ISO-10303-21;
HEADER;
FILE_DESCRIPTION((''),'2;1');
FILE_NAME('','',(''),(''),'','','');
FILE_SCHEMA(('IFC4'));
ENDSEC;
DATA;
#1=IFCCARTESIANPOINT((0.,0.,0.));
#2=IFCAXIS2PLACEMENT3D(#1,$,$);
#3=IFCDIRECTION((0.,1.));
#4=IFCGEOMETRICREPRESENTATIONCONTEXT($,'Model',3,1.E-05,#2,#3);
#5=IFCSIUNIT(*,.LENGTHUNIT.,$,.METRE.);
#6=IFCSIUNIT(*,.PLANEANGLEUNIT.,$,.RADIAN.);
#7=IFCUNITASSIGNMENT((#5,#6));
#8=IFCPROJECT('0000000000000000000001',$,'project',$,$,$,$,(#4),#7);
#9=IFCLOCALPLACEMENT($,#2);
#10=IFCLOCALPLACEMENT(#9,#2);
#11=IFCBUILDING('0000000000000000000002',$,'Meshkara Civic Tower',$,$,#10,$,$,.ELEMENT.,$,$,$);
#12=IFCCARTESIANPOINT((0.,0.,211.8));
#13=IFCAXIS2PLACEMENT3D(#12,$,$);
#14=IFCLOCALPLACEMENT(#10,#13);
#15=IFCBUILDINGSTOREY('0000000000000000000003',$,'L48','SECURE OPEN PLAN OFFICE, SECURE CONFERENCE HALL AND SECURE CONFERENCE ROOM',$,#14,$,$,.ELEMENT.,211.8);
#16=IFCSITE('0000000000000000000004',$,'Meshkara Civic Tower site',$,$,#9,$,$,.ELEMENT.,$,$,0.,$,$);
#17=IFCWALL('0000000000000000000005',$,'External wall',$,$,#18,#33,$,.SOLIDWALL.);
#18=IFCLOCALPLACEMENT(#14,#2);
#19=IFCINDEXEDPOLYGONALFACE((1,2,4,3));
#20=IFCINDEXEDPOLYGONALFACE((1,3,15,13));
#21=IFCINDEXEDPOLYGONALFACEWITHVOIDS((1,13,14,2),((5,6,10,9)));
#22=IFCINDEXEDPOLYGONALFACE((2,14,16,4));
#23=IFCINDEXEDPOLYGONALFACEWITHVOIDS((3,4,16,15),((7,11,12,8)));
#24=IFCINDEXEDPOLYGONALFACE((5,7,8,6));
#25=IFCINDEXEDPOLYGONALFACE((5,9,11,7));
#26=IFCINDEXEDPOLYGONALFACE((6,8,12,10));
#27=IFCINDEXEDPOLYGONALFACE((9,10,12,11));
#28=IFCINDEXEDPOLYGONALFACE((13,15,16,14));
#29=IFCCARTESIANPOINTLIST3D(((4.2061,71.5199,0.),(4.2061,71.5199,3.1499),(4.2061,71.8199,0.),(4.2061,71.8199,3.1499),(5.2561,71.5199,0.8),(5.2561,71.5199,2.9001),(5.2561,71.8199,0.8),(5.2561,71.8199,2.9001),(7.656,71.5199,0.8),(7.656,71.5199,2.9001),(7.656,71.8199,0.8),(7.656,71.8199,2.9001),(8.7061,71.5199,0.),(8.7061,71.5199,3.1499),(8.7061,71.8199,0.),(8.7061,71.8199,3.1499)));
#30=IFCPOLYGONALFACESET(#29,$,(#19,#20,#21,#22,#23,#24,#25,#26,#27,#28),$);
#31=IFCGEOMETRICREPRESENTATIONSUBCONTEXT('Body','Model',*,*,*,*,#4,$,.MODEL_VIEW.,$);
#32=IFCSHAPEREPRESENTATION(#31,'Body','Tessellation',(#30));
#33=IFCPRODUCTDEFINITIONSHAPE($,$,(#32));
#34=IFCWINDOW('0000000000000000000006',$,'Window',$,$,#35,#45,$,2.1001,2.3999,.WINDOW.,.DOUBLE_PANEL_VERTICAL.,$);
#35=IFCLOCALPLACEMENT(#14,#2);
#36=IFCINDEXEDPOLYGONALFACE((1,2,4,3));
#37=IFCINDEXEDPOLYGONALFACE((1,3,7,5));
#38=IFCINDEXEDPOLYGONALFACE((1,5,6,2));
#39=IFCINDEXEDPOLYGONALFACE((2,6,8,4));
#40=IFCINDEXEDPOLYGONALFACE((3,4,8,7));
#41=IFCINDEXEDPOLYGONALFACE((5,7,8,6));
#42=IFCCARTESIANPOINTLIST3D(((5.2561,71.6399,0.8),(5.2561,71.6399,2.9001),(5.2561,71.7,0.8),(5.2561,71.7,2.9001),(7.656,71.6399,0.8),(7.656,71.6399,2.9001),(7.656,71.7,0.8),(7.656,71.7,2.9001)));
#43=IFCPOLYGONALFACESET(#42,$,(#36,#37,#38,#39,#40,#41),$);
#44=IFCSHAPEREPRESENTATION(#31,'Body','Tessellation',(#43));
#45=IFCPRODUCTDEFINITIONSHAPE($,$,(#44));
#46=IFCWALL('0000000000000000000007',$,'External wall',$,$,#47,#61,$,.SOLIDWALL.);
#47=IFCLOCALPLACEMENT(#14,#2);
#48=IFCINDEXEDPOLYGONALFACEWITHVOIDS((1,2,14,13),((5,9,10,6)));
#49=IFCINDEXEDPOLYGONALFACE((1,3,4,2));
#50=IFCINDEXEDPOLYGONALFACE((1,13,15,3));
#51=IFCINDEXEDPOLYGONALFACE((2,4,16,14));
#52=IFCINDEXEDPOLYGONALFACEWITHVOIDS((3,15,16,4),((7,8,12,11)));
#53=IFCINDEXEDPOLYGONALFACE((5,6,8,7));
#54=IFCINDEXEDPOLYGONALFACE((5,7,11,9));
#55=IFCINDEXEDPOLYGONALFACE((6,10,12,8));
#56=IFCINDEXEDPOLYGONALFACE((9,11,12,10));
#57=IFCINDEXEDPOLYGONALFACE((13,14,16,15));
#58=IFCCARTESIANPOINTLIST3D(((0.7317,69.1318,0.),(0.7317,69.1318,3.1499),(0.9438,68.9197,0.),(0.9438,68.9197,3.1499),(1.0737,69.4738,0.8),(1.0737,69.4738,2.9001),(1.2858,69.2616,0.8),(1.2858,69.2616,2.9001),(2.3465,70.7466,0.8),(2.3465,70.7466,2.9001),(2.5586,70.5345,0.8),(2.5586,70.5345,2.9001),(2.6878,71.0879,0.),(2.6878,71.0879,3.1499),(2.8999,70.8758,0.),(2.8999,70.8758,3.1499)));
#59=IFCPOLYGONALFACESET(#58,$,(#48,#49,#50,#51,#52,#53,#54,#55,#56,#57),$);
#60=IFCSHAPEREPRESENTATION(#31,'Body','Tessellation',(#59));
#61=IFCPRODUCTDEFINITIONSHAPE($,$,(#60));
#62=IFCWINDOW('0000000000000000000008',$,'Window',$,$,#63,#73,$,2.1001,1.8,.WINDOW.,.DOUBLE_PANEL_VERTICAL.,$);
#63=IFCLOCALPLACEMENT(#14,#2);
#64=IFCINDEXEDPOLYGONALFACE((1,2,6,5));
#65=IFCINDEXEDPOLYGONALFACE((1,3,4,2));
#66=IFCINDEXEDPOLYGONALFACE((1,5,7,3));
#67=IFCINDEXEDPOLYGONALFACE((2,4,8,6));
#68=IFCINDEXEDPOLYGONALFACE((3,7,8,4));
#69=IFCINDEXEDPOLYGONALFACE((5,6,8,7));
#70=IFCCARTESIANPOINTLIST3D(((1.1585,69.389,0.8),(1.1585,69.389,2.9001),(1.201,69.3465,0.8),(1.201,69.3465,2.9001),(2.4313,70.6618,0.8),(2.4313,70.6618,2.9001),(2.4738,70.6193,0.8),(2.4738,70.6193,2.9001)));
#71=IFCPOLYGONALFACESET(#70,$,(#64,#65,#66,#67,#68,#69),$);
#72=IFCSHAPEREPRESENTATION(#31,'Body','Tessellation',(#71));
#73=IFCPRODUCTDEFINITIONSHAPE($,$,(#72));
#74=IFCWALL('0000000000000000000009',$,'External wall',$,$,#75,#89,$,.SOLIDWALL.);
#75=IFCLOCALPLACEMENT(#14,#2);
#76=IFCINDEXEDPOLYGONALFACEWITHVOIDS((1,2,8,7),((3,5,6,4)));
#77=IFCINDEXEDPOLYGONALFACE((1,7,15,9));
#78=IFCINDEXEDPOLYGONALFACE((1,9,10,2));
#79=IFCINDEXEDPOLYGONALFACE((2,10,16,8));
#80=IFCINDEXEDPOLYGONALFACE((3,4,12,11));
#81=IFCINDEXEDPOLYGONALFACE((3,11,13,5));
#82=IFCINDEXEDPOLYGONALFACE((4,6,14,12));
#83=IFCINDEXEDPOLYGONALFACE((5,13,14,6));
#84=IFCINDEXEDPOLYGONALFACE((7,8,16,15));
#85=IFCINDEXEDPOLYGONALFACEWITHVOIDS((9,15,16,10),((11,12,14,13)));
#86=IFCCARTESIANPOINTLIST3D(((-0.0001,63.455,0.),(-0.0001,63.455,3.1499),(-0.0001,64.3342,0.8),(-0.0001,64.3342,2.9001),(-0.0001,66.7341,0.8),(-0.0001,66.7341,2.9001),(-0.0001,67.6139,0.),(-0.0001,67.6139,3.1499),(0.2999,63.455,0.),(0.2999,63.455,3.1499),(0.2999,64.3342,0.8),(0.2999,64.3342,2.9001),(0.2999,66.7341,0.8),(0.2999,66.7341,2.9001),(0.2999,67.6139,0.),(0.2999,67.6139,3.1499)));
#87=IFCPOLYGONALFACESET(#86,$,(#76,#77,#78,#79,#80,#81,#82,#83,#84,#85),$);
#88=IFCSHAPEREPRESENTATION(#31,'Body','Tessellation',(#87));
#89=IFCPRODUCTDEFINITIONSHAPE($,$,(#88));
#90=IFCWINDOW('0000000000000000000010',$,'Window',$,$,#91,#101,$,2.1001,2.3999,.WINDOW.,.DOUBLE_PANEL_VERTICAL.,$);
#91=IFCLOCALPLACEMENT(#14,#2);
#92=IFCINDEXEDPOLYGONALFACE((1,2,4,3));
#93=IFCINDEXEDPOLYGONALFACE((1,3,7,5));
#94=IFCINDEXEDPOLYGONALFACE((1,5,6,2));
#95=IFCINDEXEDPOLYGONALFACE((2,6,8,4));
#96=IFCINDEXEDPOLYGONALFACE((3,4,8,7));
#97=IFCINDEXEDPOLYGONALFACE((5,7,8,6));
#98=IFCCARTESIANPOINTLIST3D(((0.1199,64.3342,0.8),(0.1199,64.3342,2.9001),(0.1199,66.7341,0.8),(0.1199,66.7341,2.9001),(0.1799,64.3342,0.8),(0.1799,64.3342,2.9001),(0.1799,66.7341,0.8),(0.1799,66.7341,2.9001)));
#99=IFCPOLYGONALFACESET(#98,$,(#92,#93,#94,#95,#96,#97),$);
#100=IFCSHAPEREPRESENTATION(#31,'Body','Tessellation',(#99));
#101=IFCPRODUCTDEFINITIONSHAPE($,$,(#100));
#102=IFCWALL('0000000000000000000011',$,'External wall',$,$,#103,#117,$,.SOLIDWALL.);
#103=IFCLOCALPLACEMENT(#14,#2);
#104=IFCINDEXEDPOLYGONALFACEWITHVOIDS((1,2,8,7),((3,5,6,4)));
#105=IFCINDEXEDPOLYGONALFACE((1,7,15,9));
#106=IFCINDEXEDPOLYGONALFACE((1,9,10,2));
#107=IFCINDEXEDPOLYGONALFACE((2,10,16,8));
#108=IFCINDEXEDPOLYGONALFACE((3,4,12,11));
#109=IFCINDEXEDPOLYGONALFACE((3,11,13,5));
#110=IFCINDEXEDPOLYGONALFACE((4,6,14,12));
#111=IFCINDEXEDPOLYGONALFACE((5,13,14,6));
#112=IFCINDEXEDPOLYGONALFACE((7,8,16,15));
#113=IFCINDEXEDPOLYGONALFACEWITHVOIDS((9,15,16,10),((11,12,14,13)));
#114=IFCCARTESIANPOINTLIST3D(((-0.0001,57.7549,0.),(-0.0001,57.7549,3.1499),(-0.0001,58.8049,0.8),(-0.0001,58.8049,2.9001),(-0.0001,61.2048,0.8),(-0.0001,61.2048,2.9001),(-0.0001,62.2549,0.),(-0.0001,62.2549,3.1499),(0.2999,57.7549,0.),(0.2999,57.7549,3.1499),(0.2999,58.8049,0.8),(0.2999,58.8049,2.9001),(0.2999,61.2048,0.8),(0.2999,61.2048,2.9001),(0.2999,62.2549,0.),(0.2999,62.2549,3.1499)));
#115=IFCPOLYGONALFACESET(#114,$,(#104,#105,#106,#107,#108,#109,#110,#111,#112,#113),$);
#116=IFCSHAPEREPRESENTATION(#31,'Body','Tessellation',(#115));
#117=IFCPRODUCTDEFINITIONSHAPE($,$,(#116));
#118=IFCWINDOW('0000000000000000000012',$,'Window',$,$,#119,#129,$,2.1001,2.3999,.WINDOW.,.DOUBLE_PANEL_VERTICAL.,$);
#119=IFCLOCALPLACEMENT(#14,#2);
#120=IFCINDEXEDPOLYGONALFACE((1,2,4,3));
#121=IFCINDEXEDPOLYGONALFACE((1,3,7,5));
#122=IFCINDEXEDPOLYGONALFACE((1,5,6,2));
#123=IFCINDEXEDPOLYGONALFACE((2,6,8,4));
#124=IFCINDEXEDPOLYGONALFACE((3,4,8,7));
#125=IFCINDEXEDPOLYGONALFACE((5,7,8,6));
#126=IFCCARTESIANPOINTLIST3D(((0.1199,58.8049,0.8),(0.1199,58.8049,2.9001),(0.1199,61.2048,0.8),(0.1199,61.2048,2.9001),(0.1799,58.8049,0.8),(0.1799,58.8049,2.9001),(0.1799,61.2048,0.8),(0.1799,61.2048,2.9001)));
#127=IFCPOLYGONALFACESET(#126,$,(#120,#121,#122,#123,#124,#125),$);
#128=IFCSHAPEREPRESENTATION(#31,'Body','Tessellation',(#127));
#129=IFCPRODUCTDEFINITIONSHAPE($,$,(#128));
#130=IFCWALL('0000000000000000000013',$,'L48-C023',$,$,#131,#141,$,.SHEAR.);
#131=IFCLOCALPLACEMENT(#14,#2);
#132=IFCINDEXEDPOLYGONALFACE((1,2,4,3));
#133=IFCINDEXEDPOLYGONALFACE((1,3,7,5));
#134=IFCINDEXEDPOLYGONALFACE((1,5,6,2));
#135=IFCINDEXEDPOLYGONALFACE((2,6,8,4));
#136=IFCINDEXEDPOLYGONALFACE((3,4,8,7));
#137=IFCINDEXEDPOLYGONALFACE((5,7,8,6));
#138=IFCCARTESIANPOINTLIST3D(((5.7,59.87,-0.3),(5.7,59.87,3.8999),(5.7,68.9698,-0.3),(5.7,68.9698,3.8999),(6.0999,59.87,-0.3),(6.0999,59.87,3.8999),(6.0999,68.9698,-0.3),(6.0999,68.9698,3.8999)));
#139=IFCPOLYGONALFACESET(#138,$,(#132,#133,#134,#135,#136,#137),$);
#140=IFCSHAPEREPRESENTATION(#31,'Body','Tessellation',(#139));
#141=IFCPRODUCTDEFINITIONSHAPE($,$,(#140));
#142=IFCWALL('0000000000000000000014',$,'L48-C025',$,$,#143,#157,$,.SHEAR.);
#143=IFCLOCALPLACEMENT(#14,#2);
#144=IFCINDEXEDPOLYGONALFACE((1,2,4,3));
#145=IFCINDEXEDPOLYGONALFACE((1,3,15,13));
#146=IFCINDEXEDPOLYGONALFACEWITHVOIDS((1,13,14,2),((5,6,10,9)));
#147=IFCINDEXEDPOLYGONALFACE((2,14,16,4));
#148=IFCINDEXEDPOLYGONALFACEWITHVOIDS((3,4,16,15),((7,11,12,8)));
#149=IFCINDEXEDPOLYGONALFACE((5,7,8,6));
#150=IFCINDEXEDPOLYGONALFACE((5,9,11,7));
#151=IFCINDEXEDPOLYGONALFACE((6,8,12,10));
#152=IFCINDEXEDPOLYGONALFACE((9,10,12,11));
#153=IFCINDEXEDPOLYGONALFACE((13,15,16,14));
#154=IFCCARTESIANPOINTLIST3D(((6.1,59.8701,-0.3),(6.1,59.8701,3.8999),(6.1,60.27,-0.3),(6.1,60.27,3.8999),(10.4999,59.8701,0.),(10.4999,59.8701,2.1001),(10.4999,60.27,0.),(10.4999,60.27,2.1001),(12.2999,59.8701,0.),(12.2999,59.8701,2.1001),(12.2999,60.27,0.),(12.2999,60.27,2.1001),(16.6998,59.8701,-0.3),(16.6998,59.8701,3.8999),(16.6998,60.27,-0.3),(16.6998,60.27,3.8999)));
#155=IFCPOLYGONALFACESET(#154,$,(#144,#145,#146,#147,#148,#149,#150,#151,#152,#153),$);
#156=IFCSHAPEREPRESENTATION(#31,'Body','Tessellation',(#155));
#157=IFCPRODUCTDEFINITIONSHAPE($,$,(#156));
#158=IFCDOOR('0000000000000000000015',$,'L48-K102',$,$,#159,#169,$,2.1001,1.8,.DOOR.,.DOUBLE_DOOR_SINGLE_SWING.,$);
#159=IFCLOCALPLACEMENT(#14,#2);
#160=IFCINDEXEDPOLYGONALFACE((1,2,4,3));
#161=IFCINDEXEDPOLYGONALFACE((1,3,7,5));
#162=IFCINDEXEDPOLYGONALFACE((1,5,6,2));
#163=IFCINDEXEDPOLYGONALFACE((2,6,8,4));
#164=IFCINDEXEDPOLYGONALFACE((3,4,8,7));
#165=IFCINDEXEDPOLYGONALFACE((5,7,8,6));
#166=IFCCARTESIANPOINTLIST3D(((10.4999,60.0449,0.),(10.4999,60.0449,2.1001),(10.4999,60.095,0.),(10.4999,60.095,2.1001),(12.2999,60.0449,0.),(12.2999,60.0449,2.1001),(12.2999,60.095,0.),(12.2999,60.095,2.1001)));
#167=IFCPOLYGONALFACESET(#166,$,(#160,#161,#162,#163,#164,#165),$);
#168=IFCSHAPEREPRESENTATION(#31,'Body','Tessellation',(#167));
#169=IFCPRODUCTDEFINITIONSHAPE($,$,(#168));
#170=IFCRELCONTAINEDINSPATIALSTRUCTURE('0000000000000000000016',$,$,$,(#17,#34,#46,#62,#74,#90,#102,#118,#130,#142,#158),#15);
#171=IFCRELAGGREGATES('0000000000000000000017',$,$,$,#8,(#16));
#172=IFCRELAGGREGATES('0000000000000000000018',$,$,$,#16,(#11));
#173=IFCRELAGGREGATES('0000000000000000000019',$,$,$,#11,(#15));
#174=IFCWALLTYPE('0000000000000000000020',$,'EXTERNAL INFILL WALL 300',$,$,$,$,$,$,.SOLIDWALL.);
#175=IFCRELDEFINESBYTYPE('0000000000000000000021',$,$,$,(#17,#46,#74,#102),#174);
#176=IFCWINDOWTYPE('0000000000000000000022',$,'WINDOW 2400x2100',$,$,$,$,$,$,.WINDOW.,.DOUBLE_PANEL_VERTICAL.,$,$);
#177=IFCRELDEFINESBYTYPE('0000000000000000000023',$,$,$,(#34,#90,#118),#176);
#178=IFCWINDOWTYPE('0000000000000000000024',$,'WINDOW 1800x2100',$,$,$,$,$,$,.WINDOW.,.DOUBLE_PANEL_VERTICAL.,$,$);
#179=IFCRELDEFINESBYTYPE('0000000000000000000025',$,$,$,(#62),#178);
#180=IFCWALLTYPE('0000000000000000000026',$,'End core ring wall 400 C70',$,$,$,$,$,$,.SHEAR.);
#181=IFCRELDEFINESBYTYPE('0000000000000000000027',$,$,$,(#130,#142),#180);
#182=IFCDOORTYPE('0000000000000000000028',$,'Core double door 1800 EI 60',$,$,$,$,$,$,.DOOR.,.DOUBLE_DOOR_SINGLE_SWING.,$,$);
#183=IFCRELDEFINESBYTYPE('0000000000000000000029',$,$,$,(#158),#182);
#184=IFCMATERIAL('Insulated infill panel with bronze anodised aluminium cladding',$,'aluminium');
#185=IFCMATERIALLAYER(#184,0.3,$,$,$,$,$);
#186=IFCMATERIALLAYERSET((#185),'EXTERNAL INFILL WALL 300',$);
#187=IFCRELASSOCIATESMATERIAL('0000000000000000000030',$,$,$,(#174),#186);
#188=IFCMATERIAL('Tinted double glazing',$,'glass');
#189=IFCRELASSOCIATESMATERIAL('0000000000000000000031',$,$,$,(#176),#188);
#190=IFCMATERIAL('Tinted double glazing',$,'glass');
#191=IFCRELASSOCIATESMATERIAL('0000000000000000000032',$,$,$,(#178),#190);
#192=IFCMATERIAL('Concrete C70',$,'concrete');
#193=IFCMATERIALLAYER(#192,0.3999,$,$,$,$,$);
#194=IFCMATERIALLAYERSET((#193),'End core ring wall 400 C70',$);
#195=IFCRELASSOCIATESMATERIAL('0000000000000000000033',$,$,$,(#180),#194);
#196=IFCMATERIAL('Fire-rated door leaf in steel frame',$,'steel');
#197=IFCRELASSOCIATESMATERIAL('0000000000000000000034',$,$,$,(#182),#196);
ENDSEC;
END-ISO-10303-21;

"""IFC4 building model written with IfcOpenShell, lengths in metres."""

from ifc_helpers import new_model, si_unit, direction, frame, frame_2d, origin, place, context, subcontext, project, spatial, rectangle, extrude, material, layer, layer_set, type_object, element, fill, save


model = new_model("IFC4")

# Units and contexts
model_context = context("Model", 3, precision=1e-05, world=origin(), true_north=direction((0.0, 1.0)))
body_context = subcontext(model_context, "Body", "Model", "MODEL_VIEW")
ifc_project = project(units=[si_unit("LENGTHUNIT", "METRE"), si_unit("PLANEANGLEUNIT", "RADIAN")], contexts=[model_context])

# Site, building, storey
site_placement = place(None, origin())
site = spatial("IfcSite", under=ifc_project, at=site_placement, Name="Meshkara Civic Tower site", CompositionType="ELEMENT", RefElevation=0.0)
building_placement = place(site_placement, origin())
building = spatial("IfcBuilding", under=site, at=building_placement, Name="Meshkara Civic Tower", CompositionType="ELEMENT")
storey_placement = place(building_placement, frame((0.0, 0.0, 211.8)))
storey = spatial("IfcBuildingStorey", under=building, at=storey_placement, Name="L48", Description="SECURE OPEN PLAN OFFICE, SECURE CONFERENCE HALL AND SECURE CONFERENCE ROOM", CompositionType="ELEMENT", Elevation=211.8)

# Walls, openings, windows
ifc_material_1 = material(Name="Insulated infill panel with bronze anodised aluminium cladding", Category="aluminium")
ifc_layer_1 = layer(ifc_material_1, 0.3)
ifc_layer_set_1 = layer_set([ifc_layer_1], Name="EXTERNAL INFILL WALL 300")
wall_type_1 = type_object("IfcWallType", Name="EXTERNAL INFILL WALL 300", PredefinedType="SOLIDWALL", material=ifc_layer_set_1)
wall_1_placement = place(storey_placement, frame((8.7061, 71.6699, 0.0), z_axis=(0.0, 0.0, 1.0), x_axis=(-1.0, 0.0, 0.0)))
wall_1 = element("IfcWall", 1, at=wall_1_placement, inside=storey, type_object=wall_type_1, Name="External wall", PredefinedType="SOLIDWALL", context=body_context, shape_type="SweptSolid", body=[
    extrude(rectangle(XDim=4.5, YDim=0.3, at=frame_2d((2.25, 0.0))), origin(), (0.0, 0.0, 1.0), 3.1499),
])
opening_1_placement = place(wall_1_placement, frame((1.05, 0.0, 0.8)))
opening_1 = element("IfcOpeningElement", 2, at=opening_1_placement, cuts=wall_1, PredefinedType="OPENING", context=body_context, shape_type="SweptSolid", body=[
    extrude(rectangle(XDim=2.3999, YDim=2.1001, at=frame_2d((1.2, 1.05))), frame((0.0, 0.1599, 0.0), z_axis=(0.0, -1.0, 0.0), x_axis=(1.0, 0.0, 0.0)), (0.0, 0.0, 1.0), 0.3201),
])
ifc_material_2 = material(Name="Tinted double glazing", Category="glass")
window_type_1 = type_object("IfcWindowType", Name="WINDOW 2400x2100", PartitioningType="DOUBLE_PANEL_VERTICAL", PredefinedType="WINDOW", material=ifc_material_2)
window_1_placement = place(opening_1_placement, origin())
window_1 = element("IfcWindow", 3, at=window_1_placement, inside=storey, type_object=window_type_1, Name="Window", OverallHeight=2.1001, OverallWidth=2.3999, PartitioningType="DOUBLE_PANEL_VERTICAL", PredefinedType="WINDOW", context=body_context, shape_type="SweptSolid", body=[
    extrude(rectangle(XDim=2.3999, YDim=2.1001, at=frame_2d((1.2, 1.05))), frame((0.0, 0.03, 0.0), z_axis=(0.0, -1.0, 0.0), x_axis=(1.0, 0.0, 0.0)), (0.0, 0.0, 1.0), 0.0601),
])
fill(opening_1, window_1)
wall_2_placement = place(storey_placement, frame((2.7939, 70.9819, 0.0), z_axis=(0.0, 0.0, 1.0), x_axis=(-0.707107, -0.707107, 0.0)))
wall_2 = element("IfcWall", 4, at=wall_2_placement, inside=storey, type_object=wall_type_1, Name="External wall", PredefinedType="SOLIDWALL", context=body_context, shape_type="SweptSolid", body=[
    extrude(rectangle(XDim=2.7664, YDim=0.3, at=frame_2d((1.3833, 0.0))), origin(), (0.0, 0.0, 1.0), 3.1499),
])
opening_2_placement = place(wall_2_placement, frame((0.4829, 0.0, 0.8)))
opening_2 = element("IfcOpeningElement", 5, at=opening_2_placement, cuts=wall_2, PredefinedType="OPENING", context=body_context, shape_type="SweptSolid", body=[
    extrude(rectangle(XDim=1.8, YDim=2.1001, at=frame_2d((0.8999, 1.05))), frame((0.0, 0.1599, 0.0), z_axis=(0.0, -1.0, 0.0), x_axis=(1.0, 0.0, 0.0)), (0.0, 0.0, 1.0), 0.3201),
])
ifc_material_3 = material(Name="Tinted double glazing", Category="glass")
window_type_2 = type_object("IfcWindowType", Name="WINDOW 1800x2100", PartitioningType="DOUBLE_PANEL_VERTICAL", PredefinedType="WINDOW", material=ifc_material_3)
window_2_placement = place(opening_2_placement, origin())
window_2 = element("IfcWindow", 6, at=window_2_placement, inside=storey, type_object=window_type_2, Name="Window", OverallHeight=2.1001, OverallWidth=1.8, PartitioningType="DOUBLE_PANEL_VERTICAL", PredefinedType="WINDOW", context=body_context, shape_type="SweptSolid", body=[
    extrude(rectangle(XDim=1.8, YDim=2.1001, at=frame_2d((0.8999, 1.05))), frame((0.0, 0.03, 0.0), z_axis=(0.0, -1.0, 0.0), x_axis=(1.0, 0.0, 0.0)), (0.0, 0.0, 1.0), 0.0601),
])
fill(opening_2, window_2)
wall_3_placement = place(storey_placement, frame((0.1499, 67.614, 0.0), z_axis=(0.0, 0.0, 1.0), x_axis=(0.0, -1.0, 0.0)))
wall_3 = element("IfcWall", 7, at=wall_3_placement, inside=storey, type_object=wall_type_1, Name="External wall", PredefinedType="SOLIDWALL", context=body_context, shape_type="SweptSolid", body=[
    extrude(rectangle(XDim=4.1589, YDim=0.3, at=frame_2d((2.0796, 0.0))), origin(), (0.0, 0.0, 1.0), 3.1499),
])
opening_3_placement = place(wall_3_placement, frame((0.8799, 0.0, 0.8)))
opening_3 = element("IfcOpeningElement", 8, at=opening_3_placement, cuts=wall_3, PredefinedType="OPENING", context=body_context, shape_type="SweptSolid", body=[
    extrude(rectangle(XDim=2.3999, YDim=2.1001, at=frame_2d((1.2, 1.05))), frame((0.0, 0.1599, 0.0), z_axis=(0.0, -1.0, 0.0), x_axis=(1.0, 0.0, 0.0)), (0.0, 0.0, 1.0), 0.3201),
])
window_3_placement = place(opening_3_placement, origin())
window_3 = element("IfcWindow", 9, at=window_3_placement, inside=storey, type_object=window_type_1, Name="Window", OverallHeight=2.1001, OverallWidth=2.3999, PartitioningType="DOUBLE_PANEL_VERTICAL", PredefinedType="WINDOW", context=body_context, shape_type="SweptSolid", body=[
    extrude(rectangle(XDim=2.3999, YDim=2.1001, at=frame_2d((1.2, 1.05))), frame((0.0, 0.03, 0.0), z_axis=(0.0, -1.0, 0.0), x_axis=(1.0, 0.0, 0.0)), (0.0, 0.0, 1.0), 0.0601),
])
fill(opening_3, window_3)
wall_4_placement = place(storey_placement, frame((0.1499, 62.2549, 0.0), z_axis=(0.0, 0.0, 1.0), x_axis=(0.0, -1.0, 0.0)))
wall_4 = element("IfcWall", 10, at=wall_4_placement, inside=storey, type_object=wall_type_1, Name="External wall", PredefinedType="SOLIDWALL", context=body_context, shape_type="SweptSolid", body=[
    extrude(rectangle(XDim=4.5, YDim=0.3, at=frame_2d((2.25, 0.0))), origin(), (0.0, 0.0, 1.0), 3.1499),
])
opening_4_placement = place(wall_4_placement, frame((1.05, 0.0, 0.8)))
opening_4 = element("IfcOpeningElement", 11, at=opening_4_placement, cuts=wall_4, PredefinedType="OPENING", context=body_context, shape_type="SweptSolid", body=[
    extrude(rectangle(XDim=2.3999, YDim=2.1001, at=frame_2d((1.2, 1.05))), frame((0.0, 0.1599, 0.0), z_axis=(0.0, -1.0, 0.0), x_axis=(1.0, 0.0, 0.0)), (0.0, 0.0, 1.0), 0.3201),
])
window_4_placement = place(opening_4_placement, origin())
window_4 = element("IfcWindow", 12, at=window_4_placement, inside=storey, type_object=window_type_1, Name="Window", OverallHeight=2.1001, OverallWidth=2.3999, PartitioningType="DOUBLE_PANEL_VERTICAL", PredefinedType="WINDOW", context=body_context, shape_type="SweptSolid", body=[
    extrude(rectangle(XDim=2.3999, YDim=2.1001, at=frame_2d((1.2, 1.05))), frame((0.0, 0.03, 0.0), z_axis=(0.0, -1.0, 0.0), x_axis=(1.0, 0.0, 0.0)), (0.0, 0.0, 1.0), 0.0601),
])
fill(opening_4, window_4)

# Wall
ifc_material_4 = material(Name="Concrete C70", Category="concrete")
ifc_layer_2 = layer(ifc_material_4, 0.3999)
ifc_layer_set_2 = layer_set([ifc_layer_2], Name="End core ring wall 400 C70")
wall_type_2 = type_object("IfcWallType", Name="End core ring wall 400 C70", PredefinedType="SHEAR", material=ifc_layer_set_2)
wall_5_placement = place(storey_placement, frame((5.8999, 59.8701, -0.3), z_axis=(0.0, 0.0, 1.0), x_axis=(0.0, 1.0, 0.0)))
element("IfcWall", 13, at=wall_5_placement, inside=storey, type_object=wall_type_2, Name="L48-C023", PredefinedType="SHEAR", context=body_context, shape_type="SweptSolid", body=[
    extrude(rectangle(XDim=9.0999, YDim=0.3999, at=frame_2d((4.5498, 0.0))), origin(), (0.0, 0.0, 1.0), 4.2),
])

# Wall, opening, door
wall_6_placement = place(storey_placement, frame((6.1001, 60.0701, -0.3), z_axis=(0.0, 0.0, 1.0), x_axis=(1.0, 0.0, 0.0)))
wall_6 = element("IfcWall", 14, at=wall_6_placement, inside=storey, type_object=wall_type_2, Name="L48-C025", PredefinedType="SHEAR", context=body_context, shape_type="SweptSolid", body=[
    extrude(rectangle(XDim=10.5999, YDim=0.3999, at=frame_2d((5.2998, 0.0))), origin(), (0.0, 0.0, 1.0), 4.2),
])
opening_5_placement = place(wall_6_placement, frame((4.3999, 0.0, 0.3)))
opening_5 = element("IfcOpeningElement", 15, at=opening_5_placement, cuts=wall_6, PredefinedType="OPENING", context=body_context, shape_type="SweptSolid", body=[
    extrude(rectangle(XDim=1.8, YDim=2.1001, at=frame_2d((0.8999, 1.05))), frame((0.0, 0.21, 0.0), z_axis=(0.0, -1.0, 0.0), x_axis=(1.0, 0.0, 0.0)), (0.0, 0.0, 1.0), 0.4199),
])
ifc_material_5 = material(Name="Fire-rated door leaf in steel frame", Category="steel")
door_type_1 = type_object("IfcDoorType", Name="Core double door 1800 EI 60", OperationType="DOUBLE_DOOR_SINGLE_SWING", PredefinedType="DOOR", material=ifc_material_5)
door_1_placement = place(opening_5_placement, origin())
door_1 = element("IfcDoor", 16, at=door_1_placement, inside=storey, type_object=door_type_1, Name="L48-K102", OperationType="DOUBLE_DOOR_SINGLE_SWING", OverallHeight=2.1001, OverallWidth=1.8, PredefinedType="DOOR", context=body_context, shape_type="SweptSolid", body=[
    extrude(rectangle(XDim=1.8, YDim=2.1001, at=frame_2d((0.8999, 1.05))), frame((0.0, 0.0249, 0.0), z_axis=(0.0, -1.0, 0.0), x_axis=(1.0, 0.0, 0.0)), (0.0, 0.0, 1.0), 0.05),
])
fill(opening_5, door_1)

save(model, "model.ifc")
